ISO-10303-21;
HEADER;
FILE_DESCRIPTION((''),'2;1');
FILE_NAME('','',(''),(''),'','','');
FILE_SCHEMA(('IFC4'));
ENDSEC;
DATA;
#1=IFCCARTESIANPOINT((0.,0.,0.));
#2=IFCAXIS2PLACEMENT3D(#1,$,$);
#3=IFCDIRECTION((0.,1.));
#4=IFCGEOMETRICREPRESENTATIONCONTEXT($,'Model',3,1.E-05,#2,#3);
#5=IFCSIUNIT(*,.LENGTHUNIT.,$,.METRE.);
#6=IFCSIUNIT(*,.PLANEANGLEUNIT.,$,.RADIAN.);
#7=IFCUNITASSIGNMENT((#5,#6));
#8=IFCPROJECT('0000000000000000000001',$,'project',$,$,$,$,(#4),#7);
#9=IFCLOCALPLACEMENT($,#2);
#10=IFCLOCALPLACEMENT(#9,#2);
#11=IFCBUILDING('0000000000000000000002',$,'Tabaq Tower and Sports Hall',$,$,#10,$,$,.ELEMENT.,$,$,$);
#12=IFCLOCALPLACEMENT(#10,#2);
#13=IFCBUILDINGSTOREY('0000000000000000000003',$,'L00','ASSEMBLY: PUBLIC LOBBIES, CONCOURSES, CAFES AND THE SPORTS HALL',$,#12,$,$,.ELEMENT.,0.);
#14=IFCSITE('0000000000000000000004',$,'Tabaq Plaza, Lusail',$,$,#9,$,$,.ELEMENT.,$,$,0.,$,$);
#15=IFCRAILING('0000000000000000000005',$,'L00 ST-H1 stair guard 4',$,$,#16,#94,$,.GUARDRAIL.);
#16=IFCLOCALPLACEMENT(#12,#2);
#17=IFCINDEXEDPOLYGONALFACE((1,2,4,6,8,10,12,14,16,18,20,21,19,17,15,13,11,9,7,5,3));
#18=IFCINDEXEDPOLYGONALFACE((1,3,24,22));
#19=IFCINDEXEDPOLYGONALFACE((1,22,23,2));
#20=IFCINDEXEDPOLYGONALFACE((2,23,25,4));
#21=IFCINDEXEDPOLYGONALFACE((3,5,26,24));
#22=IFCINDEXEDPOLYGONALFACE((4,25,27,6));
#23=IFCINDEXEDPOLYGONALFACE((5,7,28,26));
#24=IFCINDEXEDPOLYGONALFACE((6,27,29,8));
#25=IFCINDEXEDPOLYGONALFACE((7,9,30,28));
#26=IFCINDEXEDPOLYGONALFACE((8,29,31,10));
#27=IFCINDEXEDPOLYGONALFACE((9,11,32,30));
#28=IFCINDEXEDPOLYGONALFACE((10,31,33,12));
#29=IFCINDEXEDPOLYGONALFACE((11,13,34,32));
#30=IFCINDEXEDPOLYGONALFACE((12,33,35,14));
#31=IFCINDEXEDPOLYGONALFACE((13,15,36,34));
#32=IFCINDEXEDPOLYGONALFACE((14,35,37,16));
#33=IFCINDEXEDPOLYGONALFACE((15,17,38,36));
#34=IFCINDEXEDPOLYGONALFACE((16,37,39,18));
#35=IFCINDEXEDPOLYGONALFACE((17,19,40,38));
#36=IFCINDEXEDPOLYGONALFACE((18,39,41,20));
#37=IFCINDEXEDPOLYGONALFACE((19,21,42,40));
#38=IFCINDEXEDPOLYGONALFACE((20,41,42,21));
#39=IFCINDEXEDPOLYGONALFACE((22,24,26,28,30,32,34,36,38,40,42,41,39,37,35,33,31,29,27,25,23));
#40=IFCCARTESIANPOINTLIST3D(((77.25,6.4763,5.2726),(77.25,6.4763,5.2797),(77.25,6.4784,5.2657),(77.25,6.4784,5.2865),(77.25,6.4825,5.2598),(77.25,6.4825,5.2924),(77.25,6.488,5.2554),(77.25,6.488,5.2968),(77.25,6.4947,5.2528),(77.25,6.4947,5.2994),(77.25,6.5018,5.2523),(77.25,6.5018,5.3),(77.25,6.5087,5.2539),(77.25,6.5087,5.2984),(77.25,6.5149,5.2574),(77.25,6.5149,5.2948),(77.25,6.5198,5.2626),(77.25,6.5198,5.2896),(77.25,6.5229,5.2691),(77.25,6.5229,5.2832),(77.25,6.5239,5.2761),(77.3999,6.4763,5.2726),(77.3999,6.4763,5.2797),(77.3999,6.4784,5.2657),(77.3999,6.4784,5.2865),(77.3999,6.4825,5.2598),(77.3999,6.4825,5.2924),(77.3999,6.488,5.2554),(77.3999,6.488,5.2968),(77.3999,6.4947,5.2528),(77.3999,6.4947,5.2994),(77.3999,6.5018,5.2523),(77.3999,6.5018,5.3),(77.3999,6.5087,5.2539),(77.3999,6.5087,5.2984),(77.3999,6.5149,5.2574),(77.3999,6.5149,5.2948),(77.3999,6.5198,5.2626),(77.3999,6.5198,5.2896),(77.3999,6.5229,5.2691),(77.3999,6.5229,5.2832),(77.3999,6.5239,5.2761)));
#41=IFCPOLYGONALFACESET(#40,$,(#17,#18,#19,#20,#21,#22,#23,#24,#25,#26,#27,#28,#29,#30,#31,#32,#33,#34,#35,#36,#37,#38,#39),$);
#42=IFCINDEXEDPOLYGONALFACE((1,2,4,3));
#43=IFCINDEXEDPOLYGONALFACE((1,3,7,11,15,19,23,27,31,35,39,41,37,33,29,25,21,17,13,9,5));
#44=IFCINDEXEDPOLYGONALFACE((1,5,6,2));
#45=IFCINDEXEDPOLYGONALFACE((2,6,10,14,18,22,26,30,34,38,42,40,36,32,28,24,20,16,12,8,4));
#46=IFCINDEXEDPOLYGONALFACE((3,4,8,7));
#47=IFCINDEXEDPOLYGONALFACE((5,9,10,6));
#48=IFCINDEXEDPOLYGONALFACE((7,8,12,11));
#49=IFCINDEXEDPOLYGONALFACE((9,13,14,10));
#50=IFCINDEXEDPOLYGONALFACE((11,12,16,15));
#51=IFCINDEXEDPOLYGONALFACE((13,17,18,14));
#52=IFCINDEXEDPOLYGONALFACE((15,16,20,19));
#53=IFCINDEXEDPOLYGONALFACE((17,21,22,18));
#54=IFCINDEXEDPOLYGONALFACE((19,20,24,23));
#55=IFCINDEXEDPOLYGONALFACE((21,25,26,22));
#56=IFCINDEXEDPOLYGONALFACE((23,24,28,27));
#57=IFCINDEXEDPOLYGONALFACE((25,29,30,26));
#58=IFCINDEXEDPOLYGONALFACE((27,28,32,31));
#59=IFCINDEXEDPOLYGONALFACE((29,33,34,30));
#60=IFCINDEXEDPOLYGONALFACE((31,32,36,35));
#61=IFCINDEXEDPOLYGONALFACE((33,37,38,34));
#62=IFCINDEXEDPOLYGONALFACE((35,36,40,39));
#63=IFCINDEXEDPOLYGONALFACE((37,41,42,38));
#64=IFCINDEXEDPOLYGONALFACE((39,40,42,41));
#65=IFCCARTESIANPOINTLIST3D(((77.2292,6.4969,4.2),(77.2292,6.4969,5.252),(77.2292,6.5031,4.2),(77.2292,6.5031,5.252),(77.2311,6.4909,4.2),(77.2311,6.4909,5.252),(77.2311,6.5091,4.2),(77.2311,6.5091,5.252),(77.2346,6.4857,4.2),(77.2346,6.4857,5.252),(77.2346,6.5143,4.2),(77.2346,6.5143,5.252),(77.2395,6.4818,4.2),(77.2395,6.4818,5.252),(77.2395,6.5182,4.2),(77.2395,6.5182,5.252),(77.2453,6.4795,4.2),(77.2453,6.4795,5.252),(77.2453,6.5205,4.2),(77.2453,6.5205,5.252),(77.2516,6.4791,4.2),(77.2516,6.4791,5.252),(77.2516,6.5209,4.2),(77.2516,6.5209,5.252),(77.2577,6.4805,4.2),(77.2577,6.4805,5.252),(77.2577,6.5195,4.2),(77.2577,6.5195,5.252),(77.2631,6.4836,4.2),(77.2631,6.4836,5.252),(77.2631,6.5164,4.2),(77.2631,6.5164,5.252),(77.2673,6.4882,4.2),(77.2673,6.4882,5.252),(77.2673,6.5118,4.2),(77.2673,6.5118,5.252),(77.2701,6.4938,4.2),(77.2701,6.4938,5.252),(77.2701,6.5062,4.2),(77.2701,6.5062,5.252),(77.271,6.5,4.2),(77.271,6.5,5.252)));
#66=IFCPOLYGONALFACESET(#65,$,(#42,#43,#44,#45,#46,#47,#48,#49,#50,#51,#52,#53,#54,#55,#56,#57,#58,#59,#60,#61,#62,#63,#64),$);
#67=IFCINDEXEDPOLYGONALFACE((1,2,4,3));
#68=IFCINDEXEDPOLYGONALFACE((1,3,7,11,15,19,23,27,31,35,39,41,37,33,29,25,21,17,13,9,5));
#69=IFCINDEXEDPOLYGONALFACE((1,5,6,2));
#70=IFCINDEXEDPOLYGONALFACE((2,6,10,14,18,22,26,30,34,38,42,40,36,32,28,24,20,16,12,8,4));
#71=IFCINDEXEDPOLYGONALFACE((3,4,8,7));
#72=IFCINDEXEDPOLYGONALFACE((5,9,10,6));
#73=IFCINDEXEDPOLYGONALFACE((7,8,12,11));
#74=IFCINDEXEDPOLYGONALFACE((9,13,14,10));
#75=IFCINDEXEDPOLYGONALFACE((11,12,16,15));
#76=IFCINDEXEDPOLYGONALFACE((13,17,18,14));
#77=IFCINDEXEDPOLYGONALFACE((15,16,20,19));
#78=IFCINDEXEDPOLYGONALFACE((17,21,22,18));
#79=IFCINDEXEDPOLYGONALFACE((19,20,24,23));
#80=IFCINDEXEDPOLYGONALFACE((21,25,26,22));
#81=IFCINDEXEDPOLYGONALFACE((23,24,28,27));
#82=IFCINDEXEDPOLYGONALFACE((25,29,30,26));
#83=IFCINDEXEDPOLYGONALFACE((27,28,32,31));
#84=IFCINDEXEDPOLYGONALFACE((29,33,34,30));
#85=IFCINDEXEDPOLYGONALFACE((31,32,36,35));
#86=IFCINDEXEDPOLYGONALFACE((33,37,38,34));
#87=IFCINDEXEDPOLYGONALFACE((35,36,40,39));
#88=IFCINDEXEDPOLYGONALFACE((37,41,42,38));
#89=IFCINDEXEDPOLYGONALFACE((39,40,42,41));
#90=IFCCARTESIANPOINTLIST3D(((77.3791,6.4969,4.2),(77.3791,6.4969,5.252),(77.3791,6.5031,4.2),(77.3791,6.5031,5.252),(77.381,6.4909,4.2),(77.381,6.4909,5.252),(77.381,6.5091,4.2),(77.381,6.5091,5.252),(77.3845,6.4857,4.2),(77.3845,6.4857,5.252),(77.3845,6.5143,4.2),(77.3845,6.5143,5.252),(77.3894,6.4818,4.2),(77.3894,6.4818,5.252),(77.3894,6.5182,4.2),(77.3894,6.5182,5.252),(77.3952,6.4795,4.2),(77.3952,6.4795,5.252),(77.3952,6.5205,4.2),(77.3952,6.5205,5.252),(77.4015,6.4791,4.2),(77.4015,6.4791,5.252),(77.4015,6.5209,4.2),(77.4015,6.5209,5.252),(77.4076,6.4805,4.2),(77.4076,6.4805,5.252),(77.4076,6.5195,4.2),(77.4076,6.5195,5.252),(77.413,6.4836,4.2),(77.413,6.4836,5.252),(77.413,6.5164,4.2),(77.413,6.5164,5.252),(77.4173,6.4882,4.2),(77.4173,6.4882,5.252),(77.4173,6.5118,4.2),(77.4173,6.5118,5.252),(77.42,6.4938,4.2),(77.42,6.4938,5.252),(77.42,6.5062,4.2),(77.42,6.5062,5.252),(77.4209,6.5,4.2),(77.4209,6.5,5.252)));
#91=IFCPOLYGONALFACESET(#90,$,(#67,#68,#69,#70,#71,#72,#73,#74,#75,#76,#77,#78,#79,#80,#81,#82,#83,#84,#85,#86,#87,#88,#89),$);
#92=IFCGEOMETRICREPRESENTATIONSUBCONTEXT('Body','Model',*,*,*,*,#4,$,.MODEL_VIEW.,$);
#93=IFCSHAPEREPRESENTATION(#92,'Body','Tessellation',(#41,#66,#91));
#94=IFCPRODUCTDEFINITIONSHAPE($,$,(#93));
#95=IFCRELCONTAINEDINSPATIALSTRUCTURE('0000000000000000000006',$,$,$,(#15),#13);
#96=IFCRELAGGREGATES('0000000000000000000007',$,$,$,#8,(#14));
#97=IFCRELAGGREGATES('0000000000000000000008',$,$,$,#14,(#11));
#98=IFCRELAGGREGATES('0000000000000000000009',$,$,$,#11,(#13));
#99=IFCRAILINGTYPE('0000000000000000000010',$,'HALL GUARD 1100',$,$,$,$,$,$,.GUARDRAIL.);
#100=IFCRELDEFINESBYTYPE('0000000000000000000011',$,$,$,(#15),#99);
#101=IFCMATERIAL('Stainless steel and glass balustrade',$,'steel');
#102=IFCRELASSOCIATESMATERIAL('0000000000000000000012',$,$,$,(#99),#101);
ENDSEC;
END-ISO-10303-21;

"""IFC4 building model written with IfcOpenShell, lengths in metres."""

from ifc_helpers import new_model, si_unit, direction, frame, origin, origin_2d, place, context, subcontext, project, spatial, circle, extrude, material, type_object, element, save


model = new_model("IFC4")

# Units and contexts
model_context = context("Model", 3, precision=1e-05, world=origin(), true_north=direction((0.0, 1.0)))
body_context = subcontext(model_context, "Body", "Model", "MODEL_VIEW")
ifc_project = project(units=[si_unit("LENGTHUNIT", "METRE"), si_unit("PLANEANGLEUNIT", "RADIAN")], contexts=[model_context])

# Site, building, storey
site_placement = place(None, origin())
site = spatial("IfcSite", under=ifc_project, at=site_placement, Name="Tabaq Plaza, Lusail", CompositionType="ELEMENT", RefElevation=0.0)
building_placement = place(site_placement, origin())
building = spatial("IfcBuilding", under=site, at=building_placement, Name="Tabaq Tower and Sports Hall", CompositionType="ELEMENT")
storey_placement = place(building_placement, origin())
storey = spatial("IfcBuildingStorey", under=building, at=storey_placement, Name="L00", Description="ASSEMBLY: PUBLIC LOBBIES, CONCOURSES, CAFES AND THE SPORTS HALL", CompositionType="ELEMENT", Elevation=0.0)

# Railing
ifc_material_1 = material(Name="Stainless steel and glass balustrade", Category="steel")
railing_type_1 = type_object("IfcRailingType", Name="HALL GUARD 1100", PredefinedType="GUARDRAIL", material=ifc_material_1)
railing_1_placement = place(storey_placement, frame((77.25, 6.5, 4.2)))
element("IfcRailing", 1, at=railing_1_placement, inside=storey, type_object=railing_type_1, Name="L00 ST-H1 stair guard 4", PredefinedType="GUARDRAIL", context=body_context, shape_type="SweptSolid", body=[
    extrude(circle(Radius=0.0239, at=origin_2d()), frame((0.0, 0.0, 1.0762), z_axis=(1.0, 0.0, 0.0), x_axis=(0.0, 1.0, 0.0)), (0.0, 0.0, 1.0), 0.1499),
    extrude(circle(Radius=0.021, at=origin_2d()), origin(), (0.0, 0.0, 1.0), 1.052),
    extrude(circle(Radius=0.021, at=origin_2d()), frame((0.1499, 0.0, 0.0)), (0.0, 0.0, 1.0), 1.052),
])

save(model, "model.ifc")
